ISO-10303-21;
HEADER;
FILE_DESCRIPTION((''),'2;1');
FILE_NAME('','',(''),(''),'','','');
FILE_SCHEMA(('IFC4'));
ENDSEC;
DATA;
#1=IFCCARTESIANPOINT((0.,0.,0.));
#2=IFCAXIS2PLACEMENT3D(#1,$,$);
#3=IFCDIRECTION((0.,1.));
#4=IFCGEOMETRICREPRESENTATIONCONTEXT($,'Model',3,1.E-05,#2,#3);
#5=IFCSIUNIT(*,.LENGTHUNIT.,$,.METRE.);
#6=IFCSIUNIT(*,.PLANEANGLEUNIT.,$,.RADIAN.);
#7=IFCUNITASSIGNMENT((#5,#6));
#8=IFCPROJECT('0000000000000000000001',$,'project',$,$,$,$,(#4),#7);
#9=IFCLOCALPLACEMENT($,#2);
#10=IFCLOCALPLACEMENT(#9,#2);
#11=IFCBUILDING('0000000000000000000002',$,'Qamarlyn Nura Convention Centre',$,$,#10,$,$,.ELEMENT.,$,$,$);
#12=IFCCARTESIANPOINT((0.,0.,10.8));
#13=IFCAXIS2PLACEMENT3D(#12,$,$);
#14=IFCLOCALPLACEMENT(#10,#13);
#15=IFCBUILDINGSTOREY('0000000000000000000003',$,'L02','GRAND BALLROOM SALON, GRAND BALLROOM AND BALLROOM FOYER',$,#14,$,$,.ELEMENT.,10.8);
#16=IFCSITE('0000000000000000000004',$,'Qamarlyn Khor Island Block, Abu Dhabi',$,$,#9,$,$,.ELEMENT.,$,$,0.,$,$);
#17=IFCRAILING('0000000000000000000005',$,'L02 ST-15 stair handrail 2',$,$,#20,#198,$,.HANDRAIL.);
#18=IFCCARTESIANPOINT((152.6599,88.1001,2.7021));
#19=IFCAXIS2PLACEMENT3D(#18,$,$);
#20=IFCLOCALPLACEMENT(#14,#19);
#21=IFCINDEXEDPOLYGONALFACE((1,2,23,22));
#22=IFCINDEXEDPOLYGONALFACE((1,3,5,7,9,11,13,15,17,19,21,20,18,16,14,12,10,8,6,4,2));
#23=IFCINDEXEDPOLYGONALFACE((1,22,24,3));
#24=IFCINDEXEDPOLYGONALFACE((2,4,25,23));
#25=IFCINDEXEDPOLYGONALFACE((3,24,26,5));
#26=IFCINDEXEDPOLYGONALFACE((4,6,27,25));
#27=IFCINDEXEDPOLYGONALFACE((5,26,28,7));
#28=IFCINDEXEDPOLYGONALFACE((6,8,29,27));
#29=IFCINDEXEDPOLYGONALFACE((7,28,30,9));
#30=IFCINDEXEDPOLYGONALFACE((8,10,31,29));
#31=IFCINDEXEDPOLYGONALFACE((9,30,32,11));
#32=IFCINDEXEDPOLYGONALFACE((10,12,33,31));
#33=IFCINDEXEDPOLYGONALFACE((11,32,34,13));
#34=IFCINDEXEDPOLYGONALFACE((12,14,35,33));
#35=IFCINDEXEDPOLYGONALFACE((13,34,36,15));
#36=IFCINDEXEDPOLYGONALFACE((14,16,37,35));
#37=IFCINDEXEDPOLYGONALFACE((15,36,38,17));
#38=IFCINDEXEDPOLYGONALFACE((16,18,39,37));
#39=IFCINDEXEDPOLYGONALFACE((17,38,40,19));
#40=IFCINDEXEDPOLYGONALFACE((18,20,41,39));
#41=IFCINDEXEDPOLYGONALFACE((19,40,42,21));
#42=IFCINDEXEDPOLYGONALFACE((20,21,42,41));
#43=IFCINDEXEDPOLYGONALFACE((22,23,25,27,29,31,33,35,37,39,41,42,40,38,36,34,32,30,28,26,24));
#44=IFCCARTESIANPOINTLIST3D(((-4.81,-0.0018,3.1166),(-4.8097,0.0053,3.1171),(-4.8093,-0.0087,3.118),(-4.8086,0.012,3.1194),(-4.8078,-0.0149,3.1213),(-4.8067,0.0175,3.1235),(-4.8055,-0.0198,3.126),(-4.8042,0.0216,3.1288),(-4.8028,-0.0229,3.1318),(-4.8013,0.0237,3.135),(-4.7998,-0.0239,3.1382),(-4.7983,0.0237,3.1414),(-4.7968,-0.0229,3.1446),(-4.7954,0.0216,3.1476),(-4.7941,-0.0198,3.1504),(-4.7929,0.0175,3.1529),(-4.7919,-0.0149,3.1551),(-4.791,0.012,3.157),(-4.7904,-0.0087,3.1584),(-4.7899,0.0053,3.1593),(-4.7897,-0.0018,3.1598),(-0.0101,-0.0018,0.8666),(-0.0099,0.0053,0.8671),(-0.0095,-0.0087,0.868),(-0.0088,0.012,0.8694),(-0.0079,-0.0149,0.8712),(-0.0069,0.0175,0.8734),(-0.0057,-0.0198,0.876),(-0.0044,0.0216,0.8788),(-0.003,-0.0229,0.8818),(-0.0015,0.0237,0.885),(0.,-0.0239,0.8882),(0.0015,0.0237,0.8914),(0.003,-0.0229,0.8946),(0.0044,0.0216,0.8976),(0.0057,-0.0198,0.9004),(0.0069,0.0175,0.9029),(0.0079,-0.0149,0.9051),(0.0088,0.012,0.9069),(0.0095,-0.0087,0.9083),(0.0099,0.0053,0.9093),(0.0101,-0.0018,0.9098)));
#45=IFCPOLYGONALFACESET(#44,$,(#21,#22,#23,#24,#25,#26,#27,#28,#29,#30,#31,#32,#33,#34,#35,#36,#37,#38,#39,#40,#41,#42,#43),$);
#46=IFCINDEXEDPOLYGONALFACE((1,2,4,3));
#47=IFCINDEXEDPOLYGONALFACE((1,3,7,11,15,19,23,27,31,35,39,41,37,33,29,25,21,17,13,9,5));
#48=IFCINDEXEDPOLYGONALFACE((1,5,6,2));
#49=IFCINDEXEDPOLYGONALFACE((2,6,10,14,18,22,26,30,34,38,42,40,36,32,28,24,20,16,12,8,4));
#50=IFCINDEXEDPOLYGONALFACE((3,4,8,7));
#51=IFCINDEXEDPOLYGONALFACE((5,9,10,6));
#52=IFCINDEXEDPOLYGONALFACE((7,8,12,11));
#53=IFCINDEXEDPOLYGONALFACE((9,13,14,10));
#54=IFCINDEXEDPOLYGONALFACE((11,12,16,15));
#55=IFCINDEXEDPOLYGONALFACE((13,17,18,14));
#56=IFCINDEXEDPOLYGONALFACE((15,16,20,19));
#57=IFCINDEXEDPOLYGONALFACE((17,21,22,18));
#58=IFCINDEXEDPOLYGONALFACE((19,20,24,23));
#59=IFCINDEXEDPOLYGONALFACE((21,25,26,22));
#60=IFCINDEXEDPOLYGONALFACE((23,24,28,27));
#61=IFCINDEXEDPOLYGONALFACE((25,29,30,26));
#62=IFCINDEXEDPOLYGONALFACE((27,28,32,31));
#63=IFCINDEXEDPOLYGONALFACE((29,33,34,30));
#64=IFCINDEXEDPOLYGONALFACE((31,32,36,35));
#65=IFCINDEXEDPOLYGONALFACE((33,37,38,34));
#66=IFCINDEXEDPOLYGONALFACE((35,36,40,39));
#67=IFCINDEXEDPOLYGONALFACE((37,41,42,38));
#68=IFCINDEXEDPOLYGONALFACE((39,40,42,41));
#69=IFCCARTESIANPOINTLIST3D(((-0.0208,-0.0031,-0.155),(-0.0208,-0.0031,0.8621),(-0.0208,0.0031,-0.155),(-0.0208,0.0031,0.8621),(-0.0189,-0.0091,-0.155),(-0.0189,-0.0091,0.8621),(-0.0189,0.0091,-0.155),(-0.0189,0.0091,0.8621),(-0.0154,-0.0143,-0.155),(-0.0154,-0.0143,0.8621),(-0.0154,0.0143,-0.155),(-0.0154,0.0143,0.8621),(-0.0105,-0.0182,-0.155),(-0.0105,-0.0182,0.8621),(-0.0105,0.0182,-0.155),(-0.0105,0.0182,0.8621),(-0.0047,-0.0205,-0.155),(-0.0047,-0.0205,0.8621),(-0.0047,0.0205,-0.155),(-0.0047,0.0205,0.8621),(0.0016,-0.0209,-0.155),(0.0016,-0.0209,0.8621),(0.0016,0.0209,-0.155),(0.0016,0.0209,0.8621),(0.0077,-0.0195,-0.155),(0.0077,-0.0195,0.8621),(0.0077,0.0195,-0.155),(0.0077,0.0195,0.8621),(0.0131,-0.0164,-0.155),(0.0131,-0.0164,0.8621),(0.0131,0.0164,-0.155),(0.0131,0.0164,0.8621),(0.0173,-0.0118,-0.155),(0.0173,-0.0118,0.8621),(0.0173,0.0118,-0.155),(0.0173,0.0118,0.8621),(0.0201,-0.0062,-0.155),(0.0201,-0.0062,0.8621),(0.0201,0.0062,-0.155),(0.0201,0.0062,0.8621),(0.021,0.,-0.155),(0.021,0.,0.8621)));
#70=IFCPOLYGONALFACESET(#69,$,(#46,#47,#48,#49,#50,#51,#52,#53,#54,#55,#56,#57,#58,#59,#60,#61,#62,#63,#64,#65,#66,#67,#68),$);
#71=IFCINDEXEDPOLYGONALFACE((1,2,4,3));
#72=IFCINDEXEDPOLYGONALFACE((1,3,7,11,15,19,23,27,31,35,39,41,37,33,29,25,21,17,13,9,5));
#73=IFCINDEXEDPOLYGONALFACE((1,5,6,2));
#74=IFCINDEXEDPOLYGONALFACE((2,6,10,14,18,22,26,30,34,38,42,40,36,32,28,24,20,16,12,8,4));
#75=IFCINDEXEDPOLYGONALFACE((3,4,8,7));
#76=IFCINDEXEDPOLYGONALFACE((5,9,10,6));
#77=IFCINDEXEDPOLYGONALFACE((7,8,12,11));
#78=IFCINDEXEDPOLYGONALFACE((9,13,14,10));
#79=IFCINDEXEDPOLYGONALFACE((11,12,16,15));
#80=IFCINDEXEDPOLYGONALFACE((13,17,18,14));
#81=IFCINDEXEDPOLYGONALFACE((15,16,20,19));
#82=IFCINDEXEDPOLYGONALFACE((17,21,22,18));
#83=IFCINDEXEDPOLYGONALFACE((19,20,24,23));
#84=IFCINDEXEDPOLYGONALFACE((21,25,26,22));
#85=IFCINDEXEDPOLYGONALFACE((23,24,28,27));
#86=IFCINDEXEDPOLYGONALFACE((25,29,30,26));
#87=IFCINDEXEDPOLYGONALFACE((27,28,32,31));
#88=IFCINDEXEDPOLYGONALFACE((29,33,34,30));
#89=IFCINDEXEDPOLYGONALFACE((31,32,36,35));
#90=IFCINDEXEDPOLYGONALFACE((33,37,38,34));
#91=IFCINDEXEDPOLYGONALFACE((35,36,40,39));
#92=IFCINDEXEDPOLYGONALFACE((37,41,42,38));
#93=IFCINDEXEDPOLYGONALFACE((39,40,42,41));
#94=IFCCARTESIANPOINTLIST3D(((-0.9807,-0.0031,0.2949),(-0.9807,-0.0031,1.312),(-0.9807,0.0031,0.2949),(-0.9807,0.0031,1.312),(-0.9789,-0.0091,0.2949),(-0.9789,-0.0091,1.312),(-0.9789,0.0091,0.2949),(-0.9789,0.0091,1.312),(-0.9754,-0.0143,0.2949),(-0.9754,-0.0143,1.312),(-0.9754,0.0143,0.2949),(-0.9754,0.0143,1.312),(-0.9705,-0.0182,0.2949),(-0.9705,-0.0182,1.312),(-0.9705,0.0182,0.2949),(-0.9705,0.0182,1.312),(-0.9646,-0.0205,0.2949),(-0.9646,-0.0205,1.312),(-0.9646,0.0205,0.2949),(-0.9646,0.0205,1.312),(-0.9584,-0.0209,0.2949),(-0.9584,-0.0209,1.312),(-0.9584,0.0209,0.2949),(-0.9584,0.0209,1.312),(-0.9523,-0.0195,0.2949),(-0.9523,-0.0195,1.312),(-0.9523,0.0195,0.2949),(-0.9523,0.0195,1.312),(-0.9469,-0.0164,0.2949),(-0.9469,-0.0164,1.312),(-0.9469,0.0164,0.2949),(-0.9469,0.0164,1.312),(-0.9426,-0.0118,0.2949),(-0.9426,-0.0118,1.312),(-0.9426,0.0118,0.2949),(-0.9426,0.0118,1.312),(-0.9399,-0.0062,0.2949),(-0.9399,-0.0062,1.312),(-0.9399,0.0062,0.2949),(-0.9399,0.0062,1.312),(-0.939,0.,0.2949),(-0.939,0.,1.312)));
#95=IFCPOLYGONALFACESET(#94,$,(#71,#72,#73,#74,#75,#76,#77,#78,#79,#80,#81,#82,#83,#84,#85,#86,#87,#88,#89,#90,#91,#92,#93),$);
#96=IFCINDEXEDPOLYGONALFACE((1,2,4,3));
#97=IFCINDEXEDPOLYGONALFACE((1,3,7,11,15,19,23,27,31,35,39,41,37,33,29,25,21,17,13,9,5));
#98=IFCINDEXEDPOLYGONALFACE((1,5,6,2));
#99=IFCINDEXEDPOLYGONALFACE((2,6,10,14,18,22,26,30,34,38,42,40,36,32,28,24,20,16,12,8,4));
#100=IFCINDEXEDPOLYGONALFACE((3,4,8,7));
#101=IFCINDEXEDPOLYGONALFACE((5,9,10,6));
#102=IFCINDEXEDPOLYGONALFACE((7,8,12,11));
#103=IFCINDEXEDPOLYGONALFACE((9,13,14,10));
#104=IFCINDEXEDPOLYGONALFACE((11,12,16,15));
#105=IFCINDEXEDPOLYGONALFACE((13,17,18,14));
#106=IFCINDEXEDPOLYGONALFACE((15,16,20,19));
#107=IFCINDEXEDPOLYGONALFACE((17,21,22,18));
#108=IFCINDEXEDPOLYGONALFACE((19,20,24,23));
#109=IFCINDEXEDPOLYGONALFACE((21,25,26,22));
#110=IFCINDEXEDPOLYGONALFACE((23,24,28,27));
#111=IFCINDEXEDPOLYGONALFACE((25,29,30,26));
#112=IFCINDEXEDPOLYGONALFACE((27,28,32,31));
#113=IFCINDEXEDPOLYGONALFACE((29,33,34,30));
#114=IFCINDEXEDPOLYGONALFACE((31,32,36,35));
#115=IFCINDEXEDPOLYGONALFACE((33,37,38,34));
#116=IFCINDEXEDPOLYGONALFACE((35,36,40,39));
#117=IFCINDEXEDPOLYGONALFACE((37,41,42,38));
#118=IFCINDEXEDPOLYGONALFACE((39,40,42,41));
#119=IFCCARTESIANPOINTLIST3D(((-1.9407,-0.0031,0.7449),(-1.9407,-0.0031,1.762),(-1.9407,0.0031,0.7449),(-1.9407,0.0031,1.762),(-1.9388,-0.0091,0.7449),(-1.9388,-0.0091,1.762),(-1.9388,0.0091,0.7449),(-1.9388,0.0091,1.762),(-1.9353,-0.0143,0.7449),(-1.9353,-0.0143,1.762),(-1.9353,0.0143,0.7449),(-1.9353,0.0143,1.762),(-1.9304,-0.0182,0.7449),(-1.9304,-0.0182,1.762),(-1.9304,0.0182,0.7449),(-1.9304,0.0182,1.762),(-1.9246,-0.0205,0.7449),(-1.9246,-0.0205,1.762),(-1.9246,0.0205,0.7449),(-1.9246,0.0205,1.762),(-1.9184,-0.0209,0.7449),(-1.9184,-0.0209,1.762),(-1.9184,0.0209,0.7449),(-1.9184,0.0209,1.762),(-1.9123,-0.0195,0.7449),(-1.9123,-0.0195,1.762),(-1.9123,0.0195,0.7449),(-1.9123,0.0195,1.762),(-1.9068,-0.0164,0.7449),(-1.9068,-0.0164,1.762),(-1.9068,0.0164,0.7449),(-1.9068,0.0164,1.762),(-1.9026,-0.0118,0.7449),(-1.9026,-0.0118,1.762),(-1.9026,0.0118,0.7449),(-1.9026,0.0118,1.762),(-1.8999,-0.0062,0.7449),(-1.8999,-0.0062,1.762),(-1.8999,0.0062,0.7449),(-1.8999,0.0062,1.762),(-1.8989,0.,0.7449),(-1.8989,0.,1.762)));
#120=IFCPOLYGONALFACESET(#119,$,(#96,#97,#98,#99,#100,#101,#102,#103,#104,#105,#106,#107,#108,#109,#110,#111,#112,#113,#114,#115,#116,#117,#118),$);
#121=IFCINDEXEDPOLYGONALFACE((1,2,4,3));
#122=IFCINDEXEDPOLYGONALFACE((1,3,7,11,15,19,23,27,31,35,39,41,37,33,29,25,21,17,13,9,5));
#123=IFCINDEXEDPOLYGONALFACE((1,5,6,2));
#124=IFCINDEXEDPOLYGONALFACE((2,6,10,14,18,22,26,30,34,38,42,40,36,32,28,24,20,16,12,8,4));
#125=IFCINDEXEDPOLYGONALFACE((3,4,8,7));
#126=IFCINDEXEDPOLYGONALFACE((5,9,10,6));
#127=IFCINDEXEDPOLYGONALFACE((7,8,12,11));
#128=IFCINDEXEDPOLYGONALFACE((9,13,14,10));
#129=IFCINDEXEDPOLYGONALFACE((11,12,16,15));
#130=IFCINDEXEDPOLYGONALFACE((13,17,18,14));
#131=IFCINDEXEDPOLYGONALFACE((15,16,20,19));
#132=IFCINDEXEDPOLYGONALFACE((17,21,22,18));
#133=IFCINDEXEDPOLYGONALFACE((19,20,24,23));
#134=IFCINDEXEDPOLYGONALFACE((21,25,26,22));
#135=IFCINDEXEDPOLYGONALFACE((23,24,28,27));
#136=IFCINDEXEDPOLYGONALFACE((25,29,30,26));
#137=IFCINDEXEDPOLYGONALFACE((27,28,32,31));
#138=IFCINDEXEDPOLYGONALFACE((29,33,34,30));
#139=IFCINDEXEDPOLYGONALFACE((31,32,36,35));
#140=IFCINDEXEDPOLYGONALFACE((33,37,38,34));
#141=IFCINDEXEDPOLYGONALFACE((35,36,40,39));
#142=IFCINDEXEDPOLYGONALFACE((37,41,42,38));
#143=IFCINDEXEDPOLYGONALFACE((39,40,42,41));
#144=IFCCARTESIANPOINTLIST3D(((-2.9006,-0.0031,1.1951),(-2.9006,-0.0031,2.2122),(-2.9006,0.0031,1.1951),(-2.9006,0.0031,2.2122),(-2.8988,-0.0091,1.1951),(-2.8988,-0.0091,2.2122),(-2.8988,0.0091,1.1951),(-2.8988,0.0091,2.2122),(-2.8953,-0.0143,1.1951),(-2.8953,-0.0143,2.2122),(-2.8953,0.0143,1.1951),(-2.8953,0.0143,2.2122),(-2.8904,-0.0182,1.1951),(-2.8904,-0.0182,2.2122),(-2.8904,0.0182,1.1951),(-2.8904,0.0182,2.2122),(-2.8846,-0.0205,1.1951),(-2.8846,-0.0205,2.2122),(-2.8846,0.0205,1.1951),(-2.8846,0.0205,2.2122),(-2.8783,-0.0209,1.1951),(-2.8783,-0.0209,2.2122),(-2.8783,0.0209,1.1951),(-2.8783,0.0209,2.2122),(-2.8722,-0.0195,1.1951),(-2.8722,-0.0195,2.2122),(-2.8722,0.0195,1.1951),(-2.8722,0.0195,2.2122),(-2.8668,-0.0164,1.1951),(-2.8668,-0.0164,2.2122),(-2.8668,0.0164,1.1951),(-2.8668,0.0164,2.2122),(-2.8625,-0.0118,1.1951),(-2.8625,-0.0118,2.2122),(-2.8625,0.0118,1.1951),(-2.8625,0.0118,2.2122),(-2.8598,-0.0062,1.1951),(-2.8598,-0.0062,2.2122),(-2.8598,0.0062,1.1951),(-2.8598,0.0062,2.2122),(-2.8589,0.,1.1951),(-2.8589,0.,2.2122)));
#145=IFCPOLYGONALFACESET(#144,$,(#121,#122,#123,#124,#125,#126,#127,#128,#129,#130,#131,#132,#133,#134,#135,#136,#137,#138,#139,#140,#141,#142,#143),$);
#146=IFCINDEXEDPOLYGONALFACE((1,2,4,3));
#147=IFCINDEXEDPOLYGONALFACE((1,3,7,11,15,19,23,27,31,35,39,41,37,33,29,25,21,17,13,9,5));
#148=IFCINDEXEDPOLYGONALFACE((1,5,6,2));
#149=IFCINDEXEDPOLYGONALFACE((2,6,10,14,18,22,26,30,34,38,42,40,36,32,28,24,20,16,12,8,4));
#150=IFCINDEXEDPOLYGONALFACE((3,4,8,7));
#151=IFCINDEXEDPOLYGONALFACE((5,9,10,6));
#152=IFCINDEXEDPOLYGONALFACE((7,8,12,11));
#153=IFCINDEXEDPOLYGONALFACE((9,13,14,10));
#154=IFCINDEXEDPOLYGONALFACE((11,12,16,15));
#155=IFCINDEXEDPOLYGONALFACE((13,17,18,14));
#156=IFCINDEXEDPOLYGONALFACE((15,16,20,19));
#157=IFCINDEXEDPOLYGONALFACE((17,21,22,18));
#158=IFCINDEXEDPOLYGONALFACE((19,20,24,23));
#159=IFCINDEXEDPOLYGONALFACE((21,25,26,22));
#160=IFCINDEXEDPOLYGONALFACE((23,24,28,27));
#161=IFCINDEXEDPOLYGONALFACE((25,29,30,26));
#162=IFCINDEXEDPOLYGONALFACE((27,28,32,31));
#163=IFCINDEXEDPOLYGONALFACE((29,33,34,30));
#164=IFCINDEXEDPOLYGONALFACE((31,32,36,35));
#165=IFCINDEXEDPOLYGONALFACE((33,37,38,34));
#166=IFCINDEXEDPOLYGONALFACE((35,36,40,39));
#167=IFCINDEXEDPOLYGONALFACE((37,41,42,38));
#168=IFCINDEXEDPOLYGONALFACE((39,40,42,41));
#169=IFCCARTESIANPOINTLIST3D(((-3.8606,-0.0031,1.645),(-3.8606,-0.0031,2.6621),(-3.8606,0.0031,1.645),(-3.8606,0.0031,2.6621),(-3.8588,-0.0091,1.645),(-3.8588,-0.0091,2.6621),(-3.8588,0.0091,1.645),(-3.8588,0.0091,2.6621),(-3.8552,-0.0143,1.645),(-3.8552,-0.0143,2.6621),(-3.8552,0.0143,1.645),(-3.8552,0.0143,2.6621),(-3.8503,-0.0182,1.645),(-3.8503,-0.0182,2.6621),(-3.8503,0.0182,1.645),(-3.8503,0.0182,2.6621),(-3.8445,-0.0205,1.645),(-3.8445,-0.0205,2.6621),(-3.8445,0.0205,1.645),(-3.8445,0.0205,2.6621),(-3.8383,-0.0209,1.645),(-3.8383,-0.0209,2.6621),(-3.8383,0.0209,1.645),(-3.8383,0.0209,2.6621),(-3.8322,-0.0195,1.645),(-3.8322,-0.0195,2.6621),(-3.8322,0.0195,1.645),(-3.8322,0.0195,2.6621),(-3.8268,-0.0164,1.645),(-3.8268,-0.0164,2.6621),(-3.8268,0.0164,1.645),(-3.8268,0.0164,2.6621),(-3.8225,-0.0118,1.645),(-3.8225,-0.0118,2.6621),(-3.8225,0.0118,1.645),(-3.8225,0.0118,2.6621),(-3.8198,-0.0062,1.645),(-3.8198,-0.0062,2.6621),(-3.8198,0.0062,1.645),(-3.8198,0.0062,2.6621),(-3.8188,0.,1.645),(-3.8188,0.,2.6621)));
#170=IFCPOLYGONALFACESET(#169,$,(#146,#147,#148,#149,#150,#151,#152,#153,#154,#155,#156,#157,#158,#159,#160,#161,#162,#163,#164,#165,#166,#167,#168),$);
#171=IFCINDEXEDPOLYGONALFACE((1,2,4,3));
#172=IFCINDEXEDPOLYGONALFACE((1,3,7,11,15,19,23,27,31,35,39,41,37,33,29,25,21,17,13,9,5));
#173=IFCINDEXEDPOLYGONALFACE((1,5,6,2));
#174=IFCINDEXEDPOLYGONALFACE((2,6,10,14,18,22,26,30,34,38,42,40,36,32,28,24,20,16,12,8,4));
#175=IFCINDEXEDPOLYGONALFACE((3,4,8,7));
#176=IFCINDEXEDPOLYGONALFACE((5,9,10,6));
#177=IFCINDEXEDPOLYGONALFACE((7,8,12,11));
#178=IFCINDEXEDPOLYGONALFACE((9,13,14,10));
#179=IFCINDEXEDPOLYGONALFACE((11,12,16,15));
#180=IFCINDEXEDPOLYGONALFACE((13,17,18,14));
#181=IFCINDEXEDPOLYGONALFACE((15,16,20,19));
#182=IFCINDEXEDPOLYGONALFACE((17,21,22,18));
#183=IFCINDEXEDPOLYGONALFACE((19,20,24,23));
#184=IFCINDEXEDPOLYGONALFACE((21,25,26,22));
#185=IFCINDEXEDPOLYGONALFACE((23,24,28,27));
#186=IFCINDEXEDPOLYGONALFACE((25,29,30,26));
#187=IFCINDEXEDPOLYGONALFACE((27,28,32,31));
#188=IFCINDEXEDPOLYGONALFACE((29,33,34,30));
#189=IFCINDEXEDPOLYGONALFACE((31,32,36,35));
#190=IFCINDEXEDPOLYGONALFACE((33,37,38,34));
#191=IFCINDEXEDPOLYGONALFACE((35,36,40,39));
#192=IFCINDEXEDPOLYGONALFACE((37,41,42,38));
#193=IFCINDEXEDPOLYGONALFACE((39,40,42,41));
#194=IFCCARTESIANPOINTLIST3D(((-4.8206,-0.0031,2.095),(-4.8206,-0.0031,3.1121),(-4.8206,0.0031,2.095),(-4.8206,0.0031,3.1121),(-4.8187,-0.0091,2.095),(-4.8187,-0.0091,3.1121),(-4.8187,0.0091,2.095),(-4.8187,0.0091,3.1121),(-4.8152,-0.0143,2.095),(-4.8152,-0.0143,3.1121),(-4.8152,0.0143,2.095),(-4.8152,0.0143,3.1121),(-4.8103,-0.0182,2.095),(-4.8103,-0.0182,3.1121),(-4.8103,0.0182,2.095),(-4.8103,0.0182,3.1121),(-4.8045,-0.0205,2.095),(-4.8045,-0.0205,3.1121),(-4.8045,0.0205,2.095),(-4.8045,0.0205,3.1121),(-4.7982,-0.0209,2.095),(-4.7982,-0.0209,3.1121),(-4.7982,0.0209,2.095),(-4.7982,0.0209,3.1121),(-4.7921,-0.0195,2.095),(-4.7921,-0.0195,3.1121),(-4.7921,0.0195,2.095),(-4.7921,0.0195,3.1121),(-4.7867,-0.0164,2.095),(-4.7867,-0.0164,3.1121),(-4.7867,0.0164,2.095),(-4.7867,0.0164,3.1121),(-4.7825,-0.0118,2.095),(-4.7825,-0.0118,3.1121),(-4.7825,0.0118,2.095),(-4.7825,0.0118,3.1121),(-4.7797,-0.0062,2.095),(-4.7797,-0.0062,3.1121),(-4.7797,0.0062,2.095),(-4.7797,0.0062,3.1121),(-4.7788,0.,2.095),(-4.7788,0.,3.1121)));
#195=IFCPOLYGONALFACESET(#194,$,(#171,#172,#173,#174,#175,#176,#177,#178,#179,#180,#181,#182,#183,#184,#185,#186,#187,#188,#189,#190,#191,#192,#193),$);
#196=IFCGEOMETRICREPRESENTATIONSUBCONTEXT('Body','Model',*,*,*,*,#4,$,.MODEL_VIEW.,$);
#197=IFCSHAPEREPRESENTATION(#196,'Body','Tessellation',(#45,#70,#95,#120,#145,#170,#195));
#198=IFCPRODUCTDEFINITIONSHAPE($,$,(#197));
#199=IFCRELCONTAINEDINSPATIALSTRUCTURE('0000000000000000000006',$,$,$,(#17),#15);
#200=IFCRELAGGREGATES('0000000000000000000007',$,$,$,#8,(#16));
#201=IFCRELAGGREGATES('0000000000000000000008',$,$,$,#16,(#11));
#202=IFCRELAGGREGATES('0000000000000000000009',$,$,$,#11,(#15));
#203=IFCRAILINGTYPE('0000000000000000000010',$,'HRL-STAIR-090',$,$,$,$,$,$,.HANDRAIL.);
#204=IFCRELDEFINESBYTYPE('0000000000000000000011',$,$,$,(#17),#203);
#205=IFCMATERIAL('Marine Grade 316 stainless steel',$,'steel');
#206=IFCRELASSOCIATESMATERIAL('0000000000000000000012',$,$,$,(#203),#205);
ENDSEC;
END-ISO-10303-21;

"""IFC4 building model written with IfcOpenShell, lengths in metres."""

from ifc_helpers import new_model, si_unit, direction, frame, origin, origin_2d, place, context, subcontext, project, spatial, circle, extrude, material, type_object, element, save


model = new_model("IFC4")

# Units and contexts
model_context = context("Model", 3, precision=1e-05, world=origin(), true_north=direction((0.0, 1.0)))
body_context = subcontext(model_context, "Body", "Model", "MODEL_VIEW")
ifc_project = project(units=[si_unit("LENGTHUNIT", "METRE"), si_unit("PLANEANGLEUNIT", "RADIAN")], contexts=[model_context])

# Site, building, storey
site_placement = place(None, origin())
site = spatial("IfcSite", under=ifc_project, at=site_placement, Name="Qamarlyn Khor Island Block, Abu Dhabi", CompositionType="ELEMENT", RefElevation=0.0)
building_placement = place(site_placement, origin())
building = spatial("IfcBuilding", under=site, at=building_placement, Name="Qamarlyn Nura Convention Centre", CompositionType="ELEMENT")
storey_placement = place(building_placement, frame((0.0, 0.0, 10.8)))
storey = spatial("IfcBuildingStorey", under=building, at=storey_placement, Name="L02", Description="GRAND BALLROOM SALON, GRAND BALLROOM AND BALLROOM FOYER", CompositionType="ELEMENT", Elevation=10.8)

# Railing
ifc_material_1 = material(Name="Marine Grade 316 stainless steel", Category="steel")
railing_type_1 = type_object("IfcRailingType", Name="HRL-STAIR-090", PredefinedType="HANDRAIL", material=ifc_material_1)
railing_1_placement = place(storey_placement, frame((152.6599, 88.1001, 2.7021)))
element("IfcRailing", 1, at=railing_1_placement, inside=storey, type_object=railing_type_1, Name="L02 ST-15 stair handrail 2", PredefinedType="HANDRAIL", context=body_context, shape_type="SweptSolid", body=[
    extrude(circle(Radius=0.0239, at=origin_2d()), frame((0.0, 0.0, 0.8882), z_axis=(-0.905452, 0.0, 0.424448), x_axis=(0.0, -1.0, 0.0)), (0.0, 0.0, 1.0), 5.301),
    extrude(circle(Radius=0.021, at=origin_2d()), frame((0.0, 0.0, -0.155)), (0.0, 0.0, 1.0), 1.0171),
    extrude(circle(Radius=0.021, at=origin_2d()), frame((-0.96, 0.0, 0.2949)), (0.0, 0.0, 1.0), 1.0171),
    extrude(circle(Radius=0.021, at=origin_2d()), frame((-1.9199, 0.0, 0.7449)), (0.0, 0.0, 1.0), 1.0171),
    extrude(circle(Radius=0.021, at=origin_2d()), frame((-2.8799, 0.0, 1.1951)), (0.0, 0.0, 1.0), 1.0171),
    extrude(circle(Radius=0.021, at=origin_2d()), frame((-3.8398, 0.0, 1.645)), (0.0, 0.0, 1.0), 1.0171),
    extrude(circle(Radius=0.021, at=origin_2d()), frame((-4.7998, 0.0, 2.095)), (0.0, 0.0, 1.0), 1.0171),
])

save(model, "model.ifc")
